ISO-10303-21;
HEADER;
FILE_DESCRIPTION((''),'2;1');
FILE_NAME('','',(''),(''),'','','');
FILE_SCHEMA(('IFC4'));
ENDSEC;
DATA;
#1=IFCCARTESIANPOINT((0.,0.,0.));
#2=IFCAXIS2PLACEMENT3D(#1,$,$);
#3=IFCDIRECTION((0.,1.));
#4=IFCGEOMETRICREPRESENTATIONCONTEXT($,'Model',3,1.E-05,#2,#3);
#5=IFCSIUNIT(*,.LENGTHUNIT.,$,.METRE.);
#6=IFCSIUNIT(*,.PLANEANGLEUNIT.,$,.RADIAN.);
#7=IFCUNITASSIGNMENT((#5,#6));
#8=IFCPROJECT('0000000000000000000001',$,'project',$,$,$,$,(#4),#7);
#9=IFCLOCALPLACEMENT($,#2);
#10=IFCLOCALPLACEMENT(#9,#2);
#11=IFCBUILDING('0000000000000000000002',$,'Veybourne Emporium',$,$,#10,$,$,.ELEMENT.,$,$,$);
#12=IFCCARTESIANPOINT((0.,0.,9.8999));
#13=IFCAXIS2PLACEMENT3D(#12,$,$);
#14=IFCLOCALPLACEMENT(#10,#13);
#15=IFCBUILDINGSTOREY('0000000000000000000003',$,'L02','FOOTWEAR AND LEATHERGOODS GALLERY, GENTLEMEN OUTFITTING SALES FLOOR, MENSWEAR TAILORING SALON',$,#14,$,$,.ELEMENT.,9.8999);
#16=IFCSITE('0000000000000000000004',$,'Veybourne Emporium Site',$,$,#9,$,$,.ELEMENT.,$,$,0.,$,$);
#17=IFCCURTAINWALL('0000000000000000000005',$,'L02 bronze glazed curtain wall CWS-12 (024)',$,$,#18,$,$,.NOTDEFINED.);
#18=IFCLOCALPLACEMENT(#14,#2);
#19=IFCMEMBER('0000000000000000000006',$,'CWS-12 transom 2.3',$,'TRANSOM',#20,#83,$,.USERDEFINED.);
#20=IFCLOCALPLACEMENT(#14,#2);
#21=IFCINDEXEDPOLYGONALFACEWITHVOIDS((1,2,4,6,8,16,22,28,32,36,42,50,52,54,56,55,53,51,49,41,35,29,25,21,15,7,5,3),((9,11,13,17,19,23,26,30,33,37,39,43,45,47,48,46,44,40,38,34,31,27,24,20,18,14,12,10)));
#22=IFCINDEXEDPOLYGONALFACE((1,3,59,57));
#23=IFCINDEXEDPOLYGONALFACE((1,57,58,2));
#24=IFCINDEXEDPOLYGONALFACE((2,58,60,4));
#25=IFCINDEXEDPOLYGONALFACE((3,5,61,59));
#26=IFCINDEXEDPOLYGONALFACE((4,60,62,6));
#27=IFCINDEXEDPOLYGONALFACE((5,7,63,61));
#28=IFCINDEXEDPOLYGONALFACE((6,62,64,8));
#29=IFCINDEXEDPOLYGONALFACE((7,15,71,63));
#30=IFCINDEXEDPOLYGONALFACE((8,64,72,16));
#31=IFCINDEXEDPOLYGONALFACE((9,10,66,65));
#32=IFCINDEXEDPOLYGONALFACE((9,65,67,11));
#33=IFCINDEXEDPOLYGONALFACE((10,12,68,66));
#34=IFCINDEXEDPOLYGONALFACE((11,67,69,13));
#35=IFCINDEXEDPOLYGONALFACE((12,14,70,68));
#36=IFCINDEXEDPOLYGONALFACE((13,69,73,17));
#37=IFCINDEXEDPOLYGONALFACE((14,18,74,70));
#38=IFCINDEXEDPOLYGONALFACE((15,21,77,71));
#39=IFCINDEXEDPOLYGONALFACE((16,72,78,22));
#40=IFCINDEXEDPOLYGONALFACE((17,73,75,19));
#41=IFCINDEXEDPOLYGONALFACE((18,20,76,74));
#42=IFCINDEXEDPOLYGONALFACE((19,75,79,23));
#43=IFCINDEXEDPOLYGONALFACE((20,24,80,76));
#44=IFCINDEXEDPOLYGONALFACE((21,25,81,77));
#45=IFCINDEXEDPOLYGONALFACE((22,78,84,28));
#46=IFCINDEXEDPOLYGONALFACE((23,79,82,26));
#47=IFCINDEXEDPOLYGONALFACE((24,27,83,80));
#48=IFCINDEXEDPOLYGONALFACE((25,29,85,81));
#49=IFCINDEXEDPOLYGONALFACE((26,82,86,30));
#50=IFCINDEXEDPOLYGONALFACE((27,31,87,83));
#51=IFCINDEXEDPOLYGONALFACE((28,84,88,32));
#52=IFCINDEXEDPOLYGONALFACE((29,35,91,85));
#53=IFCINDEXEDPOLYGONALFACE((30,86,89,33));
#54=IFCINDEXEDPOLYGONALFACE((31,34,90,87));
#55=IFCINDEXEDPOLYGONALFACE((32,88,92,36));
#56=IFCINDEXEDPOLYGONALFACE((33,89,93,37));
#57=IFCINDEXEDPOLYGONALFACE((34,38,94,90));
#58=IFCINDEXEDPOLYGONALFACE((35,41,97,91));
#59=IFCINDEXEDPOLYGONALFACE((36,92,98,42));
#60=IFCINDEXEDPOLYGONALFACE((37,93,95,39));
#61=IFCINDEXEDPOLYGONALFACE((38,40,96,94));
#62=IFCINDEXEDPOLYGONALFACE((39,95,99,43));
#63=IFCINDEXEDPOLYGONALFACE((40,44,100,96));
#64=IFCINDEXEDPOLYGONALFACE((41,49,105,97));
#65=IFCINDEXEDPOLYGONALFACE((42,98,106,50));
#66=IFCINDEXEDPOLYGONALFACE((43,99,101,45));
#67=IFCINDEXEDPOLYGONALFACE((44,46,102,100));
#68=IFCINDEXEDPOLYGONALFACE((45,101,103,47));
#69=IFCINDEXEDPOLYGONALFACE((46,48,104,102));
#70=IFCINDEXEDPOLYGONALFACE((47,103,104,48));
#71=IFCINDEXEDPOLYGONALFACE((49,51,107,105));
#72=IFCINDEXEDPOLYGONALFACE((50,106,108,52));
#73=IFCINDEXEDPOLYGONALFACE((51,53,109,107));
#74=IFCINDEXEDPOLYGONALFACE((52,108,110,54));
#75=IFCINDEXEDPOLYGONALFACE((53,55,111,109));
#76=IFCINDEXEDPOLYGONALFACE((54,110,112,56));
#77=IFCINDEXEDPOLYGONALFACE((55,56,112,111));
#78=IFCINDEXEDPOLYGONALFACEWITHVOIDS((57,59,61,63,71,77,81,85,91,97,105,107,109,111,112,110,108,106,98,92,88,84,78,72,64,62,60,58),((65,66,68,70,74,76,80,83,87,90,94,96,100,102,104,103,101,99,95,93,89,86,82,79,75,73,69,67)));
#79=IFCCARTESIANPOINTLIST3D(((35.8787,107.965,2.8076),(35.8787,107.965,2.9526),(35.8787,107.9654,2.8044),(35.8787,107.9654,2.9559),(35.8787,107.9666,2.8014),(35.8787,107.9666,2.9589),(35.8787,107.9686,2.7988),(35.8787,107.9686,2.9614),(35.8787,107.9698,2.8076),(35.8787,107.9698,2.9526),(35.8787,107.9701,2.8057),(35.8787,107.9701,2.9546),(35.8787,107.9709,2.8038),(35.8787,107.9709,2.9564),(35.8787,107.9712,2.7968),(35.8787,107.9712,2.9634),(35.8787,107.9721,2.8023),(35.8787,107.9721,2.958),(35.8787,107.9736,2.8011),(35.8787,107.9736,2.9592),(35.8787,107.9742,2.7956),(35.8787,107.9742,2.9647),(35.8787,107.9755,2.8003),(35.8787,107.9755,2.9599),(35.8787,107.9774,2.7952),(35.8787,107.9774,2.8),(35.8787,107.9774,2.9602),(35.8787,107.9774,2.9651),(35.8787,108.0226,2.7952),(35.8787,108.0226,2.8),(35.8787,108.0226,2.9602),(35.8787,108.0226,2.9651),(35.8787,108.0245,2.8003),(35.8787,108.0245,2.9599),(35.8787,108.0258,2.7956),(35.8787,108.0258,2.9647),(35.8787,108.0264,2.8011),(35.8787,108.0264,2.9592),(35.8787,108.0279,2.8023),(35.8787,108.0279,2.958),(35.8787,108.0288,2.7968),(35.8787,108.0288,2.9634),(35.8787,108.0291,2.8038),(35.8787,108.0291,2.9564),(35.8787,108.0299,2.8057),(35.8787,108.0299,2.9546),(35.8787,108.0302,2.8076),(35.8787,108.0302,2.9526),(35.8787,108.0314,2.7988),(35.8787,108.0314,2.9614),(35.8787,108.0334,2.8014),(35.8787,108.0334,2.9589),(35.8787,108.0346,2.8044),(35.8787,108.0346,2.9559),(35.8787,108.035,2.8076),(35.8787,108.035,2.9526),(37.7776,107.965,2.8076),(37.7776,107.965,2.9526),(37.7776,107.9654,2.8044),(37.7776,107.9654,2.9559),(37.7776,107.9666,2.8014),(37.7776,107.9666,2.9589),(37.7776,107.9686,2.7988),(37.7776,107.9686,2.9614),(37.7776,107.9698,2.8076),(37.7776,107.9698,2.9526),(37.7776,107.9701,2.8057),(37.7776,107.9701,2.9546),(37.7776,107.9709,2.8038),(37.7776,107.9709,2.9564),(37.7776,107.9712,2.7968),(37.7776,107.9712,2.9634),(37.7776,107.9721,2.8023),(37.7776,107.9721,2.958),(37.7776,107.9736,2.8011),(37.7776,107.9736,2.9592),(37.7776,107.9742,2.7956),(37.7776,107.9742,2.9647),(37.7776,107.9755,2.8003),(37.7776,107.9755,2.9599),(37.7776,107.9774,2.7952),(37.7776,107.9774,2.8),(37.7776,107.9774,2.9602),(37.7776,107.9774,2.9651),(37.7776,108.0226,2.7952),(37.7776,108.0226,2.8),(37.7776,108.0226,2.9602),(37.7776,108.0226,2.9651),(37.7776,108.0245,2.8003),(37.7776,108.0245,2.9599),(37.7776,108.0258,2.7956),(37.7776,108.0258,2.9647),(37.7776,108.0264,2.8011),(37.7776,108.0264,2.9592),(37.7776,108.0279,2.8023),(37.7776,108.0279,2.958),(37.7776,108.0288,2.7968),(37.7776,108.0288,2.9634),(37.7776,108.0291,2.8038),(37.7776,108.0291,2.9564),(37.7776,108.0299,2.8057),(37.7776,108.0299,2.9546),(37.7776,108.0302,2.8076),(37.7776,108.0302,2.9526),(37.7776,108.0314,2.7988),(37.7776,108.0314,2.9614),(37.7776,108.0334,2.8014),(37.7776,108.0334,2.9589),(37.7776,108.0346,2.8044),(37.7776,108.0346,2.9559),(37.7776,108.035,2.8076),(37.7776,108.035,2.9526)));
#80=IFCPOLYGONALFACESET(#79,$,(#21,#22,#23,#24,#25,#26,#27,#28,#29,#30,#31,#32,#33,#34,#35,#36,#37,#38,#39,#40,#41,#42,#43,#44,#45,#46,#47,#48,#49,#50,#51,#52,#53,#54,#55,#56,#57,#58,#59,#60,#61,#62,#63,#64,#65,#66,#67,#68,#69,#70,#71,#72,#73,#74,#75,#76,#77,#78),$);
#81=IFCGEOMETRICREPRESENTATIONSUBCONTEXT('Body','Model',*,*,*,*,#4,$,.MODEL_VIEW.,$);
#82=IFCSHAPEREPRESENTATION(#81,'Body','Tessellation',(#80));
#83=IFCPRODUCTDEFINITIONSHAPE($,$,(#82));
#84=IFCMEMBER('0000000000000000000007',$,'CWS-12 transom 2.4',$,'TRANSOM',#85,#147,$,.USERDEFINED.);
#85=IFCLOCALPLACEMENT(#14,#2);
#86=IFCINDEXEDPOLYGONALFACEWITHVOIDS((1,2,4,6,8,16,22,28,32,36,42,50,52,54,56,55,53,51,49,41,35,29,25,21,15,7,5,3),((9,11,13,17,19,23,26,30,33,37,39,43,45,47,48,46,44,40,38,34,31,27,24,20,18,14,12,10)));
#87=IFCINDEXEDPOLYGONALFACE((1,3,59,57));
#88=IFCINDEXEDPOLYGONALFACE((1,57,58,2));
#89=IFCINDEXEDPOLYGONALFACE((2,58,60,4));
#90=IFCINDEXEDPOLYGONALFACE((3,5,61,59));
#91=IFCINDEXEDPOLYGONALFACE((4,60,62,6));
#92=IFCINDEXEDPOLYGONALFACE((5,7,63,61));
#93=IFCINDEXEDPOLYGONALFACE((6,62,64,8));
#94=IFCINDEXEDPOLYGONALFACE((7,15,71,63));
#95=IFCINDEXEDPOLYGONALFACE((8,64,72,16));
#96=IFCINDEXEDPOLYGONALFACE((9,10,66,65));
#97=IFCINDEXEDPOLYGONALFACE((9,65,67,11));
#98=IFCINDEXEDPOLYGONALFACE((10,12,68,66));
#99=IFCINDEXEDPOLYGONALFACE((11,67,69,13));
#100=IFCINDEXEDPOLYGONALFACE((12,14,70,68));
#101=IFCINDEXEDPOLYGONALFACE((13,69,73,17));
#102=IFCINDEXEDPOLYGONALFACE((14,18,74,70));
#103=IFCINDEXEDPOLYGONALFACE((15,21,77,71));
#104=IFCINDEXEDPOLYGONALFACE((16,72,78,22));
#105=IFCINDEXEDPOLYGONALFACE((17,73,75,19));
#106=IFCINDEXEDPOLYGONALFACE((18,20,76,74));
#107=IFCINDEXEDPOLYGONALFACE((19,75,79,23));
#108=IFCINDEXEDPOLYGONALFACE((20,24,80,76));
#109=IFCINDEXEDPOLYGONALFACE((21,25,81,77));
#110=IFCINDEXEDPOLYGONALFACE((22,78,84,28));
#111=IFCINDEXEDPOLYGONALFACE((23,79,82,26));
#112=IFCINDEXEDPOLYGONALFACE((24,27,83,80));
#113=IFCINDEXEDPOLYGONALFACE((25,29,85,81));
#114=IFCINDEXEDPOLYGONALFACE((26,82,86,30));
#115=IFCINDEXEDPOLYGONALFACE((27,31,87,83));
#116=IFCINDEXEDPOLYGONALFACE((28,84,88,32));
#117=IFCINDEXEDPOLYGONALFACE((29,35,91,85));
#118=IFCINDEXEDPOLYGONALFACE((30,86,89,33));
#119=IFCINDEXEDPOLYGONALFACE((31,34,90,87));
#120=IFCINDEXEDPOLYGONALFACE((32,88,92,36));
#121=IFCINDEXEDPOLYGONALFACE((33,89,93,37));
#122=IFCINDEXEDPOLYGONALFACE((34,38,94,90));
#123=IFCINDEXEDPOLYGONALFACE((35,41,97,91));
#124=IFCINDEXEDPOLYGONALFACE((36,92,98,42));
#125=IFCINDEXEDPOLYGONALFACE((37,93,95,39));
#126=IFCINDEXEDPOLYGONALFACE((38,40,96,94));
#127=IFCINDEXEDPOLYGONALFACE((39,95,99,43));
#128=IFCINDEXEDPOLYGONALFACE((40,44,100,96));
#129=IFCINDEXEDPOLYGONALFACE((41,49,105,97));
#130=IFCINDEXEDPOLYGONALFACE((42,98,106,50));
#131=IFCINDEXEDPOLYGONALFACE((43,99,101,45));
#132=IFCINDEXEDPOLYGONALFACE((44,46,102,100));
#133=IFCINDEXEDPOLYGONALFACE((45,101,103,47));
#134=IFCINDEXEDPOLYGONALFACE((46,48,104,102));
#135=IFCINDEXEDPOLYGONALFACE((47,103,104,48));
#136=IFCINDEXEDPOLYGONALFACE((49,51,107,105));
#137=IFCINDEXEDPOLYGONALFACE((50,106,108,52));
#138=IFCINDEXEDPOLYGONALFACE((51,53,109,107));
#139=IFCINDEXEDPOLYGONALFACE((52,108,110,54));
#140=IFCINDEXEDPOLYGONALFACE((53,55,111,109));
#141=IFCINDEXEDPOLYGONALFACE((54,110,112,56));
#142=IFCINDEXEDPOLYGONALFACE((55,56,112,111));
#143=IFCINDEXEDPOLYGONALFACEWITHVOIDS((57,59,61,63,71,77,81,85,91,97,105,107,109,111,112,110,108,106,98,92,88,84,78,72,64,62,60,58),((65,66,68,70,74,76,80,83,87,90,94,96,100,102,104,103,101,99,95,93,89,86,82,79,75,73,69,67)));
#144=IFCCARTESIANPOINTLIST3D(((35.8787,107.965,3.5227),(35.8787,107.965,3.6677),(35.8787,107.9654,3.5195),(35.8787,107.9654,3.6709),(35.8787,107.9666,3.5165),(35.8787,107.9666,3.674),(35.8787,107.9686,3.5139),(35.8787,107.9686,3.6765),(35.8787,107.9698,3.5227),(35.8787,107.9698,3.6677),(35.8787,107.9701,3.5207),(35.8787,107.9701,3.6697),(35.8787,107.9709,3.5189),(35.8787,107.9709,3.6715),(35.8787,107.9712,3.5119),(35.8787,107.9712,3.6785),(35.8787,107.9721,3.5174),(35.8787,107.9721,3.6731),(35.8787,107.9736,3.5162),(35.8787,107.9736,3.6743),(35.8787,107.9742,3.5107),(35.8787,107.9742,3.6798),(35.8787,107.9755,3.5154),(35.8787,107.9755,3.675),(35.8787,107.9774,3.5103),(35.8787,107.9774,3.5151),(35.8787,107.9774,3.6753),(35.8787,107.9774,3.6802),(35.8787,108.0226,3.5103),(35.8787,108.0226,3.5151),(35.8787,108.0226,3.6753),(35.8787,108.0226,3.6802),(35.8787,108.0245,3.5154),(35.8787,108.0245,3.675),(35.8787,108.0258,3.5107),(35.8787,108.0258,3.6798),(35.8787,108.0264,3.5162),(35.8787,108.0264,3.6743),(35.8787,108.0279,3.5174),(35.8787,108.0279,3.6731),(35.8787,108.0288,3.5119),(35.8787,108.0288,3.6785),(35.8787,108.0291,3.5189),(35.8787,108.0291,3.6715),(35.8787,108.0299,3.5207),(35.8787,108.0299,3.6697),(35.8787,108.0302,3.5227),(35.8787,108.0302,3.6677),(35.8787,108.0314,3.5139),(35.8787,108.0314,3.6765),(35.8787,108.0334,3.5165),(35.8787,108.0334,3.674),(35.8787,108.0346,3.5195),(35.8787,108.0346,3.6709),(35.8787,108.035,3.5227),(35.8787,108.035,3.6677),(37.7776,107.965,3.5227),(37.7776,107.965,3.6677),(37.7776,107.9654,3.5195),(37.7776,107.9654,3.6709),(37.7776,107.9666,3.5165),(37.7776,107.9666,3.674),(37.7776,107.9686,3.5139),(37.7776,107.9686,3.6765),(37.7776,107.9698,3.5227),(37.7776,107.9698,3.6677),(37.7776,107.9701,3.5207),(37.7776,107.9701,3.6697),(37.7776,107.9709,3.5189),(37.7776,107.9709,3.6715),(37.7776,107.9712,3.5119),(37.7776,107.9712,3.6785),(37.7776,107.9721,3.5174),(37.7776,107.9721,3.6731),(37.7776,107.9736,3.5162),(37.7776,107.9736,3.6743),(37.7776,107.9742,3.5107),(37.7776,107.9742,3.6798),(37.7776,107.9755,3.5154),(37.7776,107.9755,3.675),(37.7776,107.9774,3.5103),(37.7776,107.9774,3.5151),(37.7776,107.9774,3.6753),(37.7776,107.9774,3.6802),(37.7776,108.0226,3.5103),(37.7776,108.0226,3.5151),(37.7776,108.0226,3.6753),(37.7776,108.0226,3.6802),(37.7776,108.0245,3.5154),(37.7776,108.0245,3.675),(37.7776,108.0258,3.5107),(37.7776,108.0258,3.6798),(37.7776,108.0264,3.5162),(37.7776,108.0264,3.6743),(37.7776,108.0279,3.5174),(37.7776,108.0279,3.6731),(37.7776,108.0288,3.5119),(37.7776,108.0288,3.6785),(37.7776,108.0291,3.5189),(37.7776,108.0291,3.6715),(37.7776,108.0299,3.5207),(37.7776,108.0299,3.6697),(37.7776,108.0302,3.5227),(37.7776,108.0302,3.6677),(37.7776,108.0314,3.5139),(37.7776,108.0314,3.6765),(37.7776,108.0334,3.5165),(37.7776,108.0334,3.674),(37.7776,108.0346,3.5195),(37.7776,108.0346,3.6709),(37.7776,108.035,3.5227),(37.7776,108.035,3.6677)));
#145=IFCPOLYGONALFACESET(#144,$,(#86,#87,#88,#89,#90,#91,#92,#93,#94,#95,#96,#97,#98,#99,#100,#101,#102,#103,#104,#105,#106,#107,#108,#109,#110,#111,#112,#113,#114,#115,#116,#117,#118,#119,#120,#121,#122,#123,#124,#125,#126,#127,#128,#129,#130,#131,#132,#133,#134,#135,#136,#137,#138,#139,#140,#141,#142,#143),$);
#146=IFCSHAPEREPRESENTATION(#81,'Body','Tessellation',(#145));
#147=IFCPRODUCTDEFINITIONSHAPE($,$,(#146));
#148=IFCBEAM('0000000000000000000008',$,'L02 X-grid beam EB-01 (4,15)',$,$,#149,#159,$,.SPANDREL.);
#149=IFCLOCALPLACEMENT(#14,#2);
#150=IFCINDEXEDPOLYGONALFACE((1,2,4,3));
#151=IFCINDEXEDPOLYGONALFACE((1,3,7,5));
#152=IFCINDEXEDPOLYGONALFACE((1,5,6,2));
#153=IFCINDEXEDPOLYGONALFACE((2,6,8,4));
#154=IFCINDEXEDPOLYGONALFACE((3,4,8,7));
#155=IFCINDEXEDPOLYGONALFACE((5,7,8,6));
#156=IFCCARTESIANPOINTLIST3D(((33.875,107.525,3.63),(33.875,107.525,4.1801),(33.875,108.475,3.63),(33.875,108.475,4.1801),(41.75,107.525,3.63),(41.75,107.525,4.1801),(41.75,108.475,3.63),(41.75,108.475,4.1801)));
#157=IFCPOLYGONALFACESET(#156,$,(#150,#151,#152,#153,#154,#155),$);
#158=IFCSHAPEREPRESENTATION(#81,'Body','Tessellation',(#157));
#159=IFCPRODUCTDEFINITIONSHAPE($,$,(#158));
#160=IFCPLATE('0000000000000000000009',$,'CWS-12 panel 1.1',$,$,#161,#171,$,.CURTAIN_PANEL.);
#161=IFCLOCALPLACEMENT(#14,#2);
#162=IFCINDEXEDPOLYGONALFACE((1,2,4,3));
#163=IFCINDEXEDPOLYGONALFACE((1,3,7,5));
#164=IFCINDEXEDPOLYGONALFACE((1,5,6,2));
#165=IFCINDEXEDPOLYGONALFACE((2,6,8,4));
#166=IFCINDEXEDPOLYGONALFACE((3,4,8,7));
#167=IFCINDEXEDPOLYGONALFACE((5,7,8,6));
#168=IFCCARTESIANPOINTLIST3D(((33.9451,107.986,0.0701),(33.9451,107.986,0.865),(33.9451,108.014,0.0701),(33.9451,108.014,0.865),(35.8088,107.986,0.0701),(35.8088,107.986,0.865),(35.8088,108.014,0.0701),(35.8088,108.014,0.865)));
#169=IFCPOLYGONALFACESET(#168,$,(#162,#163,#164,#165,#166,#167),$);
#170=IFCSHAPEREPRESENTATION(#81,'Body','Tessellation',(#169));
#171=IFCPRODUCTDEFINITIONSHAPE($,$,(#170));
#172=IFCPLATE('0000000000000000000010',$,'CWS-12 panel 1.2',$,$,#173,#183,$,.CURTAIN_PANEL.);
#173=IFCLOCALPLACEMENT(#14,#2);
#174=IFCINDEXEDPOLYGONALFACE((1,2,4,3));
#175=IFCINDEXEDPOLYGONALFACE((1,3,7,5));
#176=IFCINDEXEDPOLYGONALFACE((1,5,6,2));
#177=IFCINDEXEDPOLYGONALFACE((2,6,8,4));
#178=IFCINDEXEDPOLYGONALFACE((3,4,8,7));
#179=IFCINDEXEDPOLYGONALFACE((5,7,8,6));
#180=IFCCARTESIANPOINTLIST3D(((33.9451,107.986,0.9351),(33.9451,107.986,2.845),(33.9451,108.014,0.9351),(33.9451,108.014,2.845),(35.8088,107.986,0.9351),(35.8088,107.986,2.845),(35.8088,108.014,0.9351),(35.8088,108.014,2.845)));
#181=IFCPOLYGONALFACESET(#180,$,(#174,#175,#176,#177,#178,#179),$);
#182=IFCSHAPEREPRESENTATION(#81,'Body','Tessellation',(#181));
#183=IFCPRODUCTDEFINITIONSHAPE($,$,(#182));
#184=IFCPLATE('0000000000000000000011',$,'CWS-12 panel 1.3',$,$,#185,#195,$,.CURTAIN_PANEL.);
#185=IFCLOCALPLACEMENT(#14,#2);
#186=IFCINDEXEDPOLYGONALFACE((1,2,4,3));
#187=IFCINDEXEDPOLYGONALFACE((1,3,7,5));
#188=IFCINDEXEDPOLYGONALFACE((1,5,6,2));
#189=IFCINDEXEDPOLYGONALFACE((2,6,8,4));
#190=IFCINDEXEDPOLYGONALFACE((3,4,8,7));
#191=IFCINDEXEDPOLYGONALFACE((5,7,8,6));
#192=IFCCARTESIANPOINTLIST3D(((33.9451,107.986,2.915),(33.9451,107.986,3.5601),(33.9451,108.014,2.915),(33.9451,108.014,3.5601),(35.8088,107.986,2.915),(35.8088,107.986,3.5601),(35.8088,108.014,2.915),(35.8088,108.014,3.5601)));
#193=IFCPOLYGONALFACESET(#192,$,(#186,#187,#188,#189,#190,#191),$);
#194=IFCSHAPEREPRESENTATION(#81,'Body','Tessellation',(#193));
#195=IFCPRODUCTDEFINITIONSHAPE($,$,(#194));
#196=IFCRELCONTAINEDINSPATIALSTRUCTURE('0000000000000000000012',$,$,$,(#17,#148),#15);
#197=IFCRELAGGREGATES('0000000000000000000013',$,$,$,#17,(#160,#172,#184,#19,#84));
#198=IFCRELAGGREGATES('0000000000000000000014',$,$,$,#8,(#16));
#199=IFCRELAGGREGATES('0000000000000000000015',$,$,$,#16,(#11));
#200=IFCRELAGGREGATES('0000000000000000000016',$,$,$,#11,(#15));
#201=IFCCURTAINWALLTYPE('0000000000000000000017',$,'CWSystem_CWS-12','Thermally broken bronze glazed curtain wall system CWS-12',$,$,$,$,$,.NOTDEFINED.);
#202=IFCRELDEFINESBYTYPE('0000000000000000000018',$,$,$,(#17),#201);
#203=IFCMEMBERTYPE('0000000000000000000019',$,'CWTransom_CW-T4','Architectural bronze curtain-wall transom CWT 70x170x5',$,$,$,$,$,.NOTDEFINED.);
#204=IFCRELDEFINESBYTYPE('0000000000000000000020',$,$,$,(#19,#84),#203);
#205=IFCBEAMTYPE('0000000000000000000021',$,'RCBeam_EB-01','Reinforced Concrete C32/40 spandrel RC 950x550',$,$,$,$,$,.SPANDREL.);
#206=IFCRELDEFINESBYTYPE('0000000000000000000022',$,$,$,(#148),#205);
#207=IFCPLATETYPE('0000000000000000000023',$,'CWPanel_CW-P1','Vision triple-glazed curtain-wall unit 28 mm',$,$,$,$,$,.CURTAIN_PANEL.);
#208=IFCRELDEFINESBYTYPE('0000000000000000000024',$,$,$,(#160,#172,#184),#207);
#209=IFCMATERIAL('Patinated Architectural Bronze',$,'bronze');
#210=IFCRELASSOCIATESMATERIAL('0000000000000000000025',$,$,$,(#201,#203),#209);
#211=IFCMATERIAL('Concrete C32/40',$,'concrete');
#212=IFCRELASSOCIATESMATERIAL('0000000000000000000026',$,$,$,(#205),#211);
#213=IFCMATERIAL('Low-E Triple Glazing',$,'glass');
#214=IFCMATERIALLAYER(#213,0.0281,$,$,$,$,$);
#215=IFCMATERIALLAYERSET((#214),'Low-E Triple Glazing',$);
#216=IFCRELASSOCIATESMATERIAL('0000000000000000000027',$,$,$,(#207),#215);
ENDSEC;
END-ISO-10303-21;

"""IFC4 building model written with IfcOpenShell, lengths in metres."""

from ifc_helpers import new_model, si_unit, direction, frame, origin, origin_2d, place, context, subcontext, project, spatial, rectangle, hollow_rectangle, extrude, material, layer, layer_set, material_profile, profile_set, type_object, element, aggregate, save


model = new_model("IFC4")

# Units and contexts
model_context = context("Model", 3, precision=1e-05, world=origin(), true_north=direction((0.0, 1.0)))
body_context = subcontext(model_context, "Body", "Model", "MODEL_VIEW")
ifc_project = project(units=[si_unit("LENGTHUNIT", "METRE"), si_unit("PLANEANGLEUNIT", "RADIAN")], contexts=[model_context])

# Site, building, storey
site_placement = place(None, origin())
site = spatial("IfcSite", under=ifc_project, at=site_placement, Name="Veybourne Emporium Site", CompositionType="ELEMENT", RefElevation=0.0)
building_placement = place(site_placement, origin())
building = spatial("IfcBuilding", under=site, at=building_placement, Name="Veybourne Emporium", CompositionType="ELEMENT")
storey_placement = place(building_placement, frame((0.0, 0.0, 9.8999)))
storey = spatial("IfcBuildingStorey", under=building, at=storey_placement, Name="L02", Description="FOOTWEAR AND LEATHERGOODS GALLERY, GENTLEMEN OUTFITTING SALES FLOOR, MENSWEAR TAILORING SALON", CompositionType="ELEMENT", Elevation=9.8999)

# Curtain wall, members
ifc_material_1 = material(Name="Patinated Architectural Bronze", Category="bronze")
curtain_wall_type = type_object("IfcCurtainWallType", Name="CWSystem_CWS-12", Description="Thermally broken bronze glazed curtain wall system CWS-12", PredefinedType="NOTDEFINED", material=ifc_material_1)
curtain_wall_placement = place(storey_placement, origin())
curtain_wall = element("IfcCurtainWall", 1, at=curtain_wall_placement, inside=storey, type_object=curtain_wall_type, Name="L02 bronze glazed curtain wall CWS-12 (024)", PredefinedType="NOTDEFINED")
ifc_material_profile_1 = material_profile(ifc_material_1, hollow_rectangle(XDim=0.0701, YDim=0.1699, WallThickness=0.0049, InnerFilletRadius=0.0076, OuterFilletRadius=0.0125, at=origin_2d()), Name="CWT 70x170x5")
ifc_profile_set_1 = profile_set([ifc_material_profile_1], Name="Patinated Architectural Bronze")
member_type_1 = type_object("IfcMemberType", Name="CWTransom_CW-T4", Description="Architectural bronze curtain-wall transom CWT 70x170x5", PredefinedType="NOTDEFINED", material=ifc_profile_set_1)
member_1_placement = place(storey_placement, frame((35.8787, 108.0, 2.8801), z_axis=(1.0, 0.0, 0.0), x_axis=(0.0, 1.0, 0.0)))
member_1 = element("IfcMember", 2, at=member_1_placement, type_object=member_type_1, Name="CWS-12 transom 2.3", ObjectType="TRANSOM", PredefinedType="USERDEFINED", context=body_context, shape_type="SweptSolid", body=[
    extrude(hollow_rectangle(XDim=0.0701, YDim=0.1699, WallThickness=0.0049, InnerFilletRadius=0.0076, OuterFilletRadius=0.0125, at=origin_2d()), origin(), (0.0, 0.0, 1.0), 1.8989),
])
member_2_placement = place(storey_placement, frame((35.8787, 108.0, 3.5952), z_axis=(1.0, 0.0, 0.0), x_axis=(0.0, 1.0, 0.0)))
member_2 = element("IfcMember", 3, at=member_2_placement, type_object=member_type_1, Name="CWS-12 transom 2.4", ObjectType="TRANSOM", PredefinedType="USERDEFINED", context=body_context, shape_type="SweptSolid", body=[
    extrude(hollow_rectangle(XDim=0.0701, YDim=0.1699, WallThickness=0.0049, InnerFilletRadius=0.0076, OuterFilletRadius=0.0125, at=origin_2d()), origin(), (0.0, 0.0, 1.0), 1.8989),
])

# Beam
ifc_material_2 = material(Name="Concrete C32/40", Category="concrete")
ifc_material_profile_2 = material_profile(ifc_material_2, rectangle(XDim=0.95, YDim=0.55, at=origin_2d()), Name="RC 950x550")
ifc_profile_set_2 = profile_set([ifc_material_profile_2], Name="Concrete C32/40")
beam_type = type_object("IfcBeamType", Name="RCBeam_EB-01", Description="Reinforced Concrete C32/40 spandrel RC 950x550", PredefinedType="SPANDREL", material=ifc_profile_set_2)
beam_placement = place(storey_placement, frame((33.875, 108.0, 3.905), z_axis=(1.0, 0.0, 0.0), x_axis=(0.0, 1.0, 0.0)))
element("IfcBeam", 4, at=beam_placement, inside=storey, type_object=beam_type, Name="L02 X-grid beam EB-01 (4,15)", PredefinedType="SPANDREL", context=body_context, shape_type="SweptSolid", body=[
    extrude(rectangle(XDim=0.95, YDim=0.55, at=origin_2d()), origin(), (0.0, 0.0, 1.0), 7.875),
])

# Plates
ifc_material_3 = material(Name="Low-E Triple Glazing", Category="glass")
ifc_layer_1 = layer(ifc_material_3, 0.0281)
ifc_layer_set_1 = layer_set([ifc_layer_1], Name="Low-E Triple Glazing")
plate_type = type_object("IfcPlateType", Name="CWPanel_CW-P1", Description="Vision triple-glazed curtain-wall unit 28 mm", PredefinedType="CURTAIN_PANEL", material=ifc_layer_set_1)
plate_1_placement = place(storey_placement, frame((34.877, 108.0, 0.0701), z_axis=(0.0, 0.0, 1.0), x_axis=(1.0, 0.0, 0.0)))
plate_1 = element("IfcPlate", 5, at=plate_1_placement, type_object=plate_type, Name="CWS-12 panel 1.1", PredefinedType="CURTAIN_PANEL", context=body_context, shape_type="SweptSolid", body=[
    extrude(rectangle(XDim=1.8638, YDim=0.0281, at=origin_2d()), origin(), (0.0, 0.0, 1.0), 0.7949),
])
plate_2_placement = place(storey_placement, frame((34.877, 108.0, 0.9351), z_axis=(0.0, 0.0, 1.0), x_axis=(1.0, 0.0, 0.0)))
plate_2 = element("IfcPlate", 6, at=plate_2_placement, type_object=plate_type, Name="CWS-12 panel 1.2", PredefinedType="CURTAIN_PANEL", context=body_context, shape_type="SweptSolid", body=[
    extrude(rectangle(XDim=1.8638, YDim=0.0281, at=origin_2d()), origin(), (0.0, 0.0, 1.0), 1.9099),
])
plate_3_placement = place(storey_placement, frame((34.877, 108.0, 2.915), z_axis=(0.0, 0.0, 1.0), x_axis=(1.0, 0.0, 0.0)))
plate_3 = element("IfcPlate", 7, at=plate_3_placement, type_object=plate_type, Name="CWS-12 panel 1.3", PredefinedType="CURTAIN_PANEL", context=body_context, shape_type="SweptSolid", body=[
    extrude(rectangle(XDim=1.8638, YDim=0.0281, at=origin_2d()), origin(), (0.0, 0.0, 1.0), 0.645),
])
aggregate(curtain_wall, [plate_1, plate_2, plate_3, member_1, member_2])

save(model, "model.ifc")
